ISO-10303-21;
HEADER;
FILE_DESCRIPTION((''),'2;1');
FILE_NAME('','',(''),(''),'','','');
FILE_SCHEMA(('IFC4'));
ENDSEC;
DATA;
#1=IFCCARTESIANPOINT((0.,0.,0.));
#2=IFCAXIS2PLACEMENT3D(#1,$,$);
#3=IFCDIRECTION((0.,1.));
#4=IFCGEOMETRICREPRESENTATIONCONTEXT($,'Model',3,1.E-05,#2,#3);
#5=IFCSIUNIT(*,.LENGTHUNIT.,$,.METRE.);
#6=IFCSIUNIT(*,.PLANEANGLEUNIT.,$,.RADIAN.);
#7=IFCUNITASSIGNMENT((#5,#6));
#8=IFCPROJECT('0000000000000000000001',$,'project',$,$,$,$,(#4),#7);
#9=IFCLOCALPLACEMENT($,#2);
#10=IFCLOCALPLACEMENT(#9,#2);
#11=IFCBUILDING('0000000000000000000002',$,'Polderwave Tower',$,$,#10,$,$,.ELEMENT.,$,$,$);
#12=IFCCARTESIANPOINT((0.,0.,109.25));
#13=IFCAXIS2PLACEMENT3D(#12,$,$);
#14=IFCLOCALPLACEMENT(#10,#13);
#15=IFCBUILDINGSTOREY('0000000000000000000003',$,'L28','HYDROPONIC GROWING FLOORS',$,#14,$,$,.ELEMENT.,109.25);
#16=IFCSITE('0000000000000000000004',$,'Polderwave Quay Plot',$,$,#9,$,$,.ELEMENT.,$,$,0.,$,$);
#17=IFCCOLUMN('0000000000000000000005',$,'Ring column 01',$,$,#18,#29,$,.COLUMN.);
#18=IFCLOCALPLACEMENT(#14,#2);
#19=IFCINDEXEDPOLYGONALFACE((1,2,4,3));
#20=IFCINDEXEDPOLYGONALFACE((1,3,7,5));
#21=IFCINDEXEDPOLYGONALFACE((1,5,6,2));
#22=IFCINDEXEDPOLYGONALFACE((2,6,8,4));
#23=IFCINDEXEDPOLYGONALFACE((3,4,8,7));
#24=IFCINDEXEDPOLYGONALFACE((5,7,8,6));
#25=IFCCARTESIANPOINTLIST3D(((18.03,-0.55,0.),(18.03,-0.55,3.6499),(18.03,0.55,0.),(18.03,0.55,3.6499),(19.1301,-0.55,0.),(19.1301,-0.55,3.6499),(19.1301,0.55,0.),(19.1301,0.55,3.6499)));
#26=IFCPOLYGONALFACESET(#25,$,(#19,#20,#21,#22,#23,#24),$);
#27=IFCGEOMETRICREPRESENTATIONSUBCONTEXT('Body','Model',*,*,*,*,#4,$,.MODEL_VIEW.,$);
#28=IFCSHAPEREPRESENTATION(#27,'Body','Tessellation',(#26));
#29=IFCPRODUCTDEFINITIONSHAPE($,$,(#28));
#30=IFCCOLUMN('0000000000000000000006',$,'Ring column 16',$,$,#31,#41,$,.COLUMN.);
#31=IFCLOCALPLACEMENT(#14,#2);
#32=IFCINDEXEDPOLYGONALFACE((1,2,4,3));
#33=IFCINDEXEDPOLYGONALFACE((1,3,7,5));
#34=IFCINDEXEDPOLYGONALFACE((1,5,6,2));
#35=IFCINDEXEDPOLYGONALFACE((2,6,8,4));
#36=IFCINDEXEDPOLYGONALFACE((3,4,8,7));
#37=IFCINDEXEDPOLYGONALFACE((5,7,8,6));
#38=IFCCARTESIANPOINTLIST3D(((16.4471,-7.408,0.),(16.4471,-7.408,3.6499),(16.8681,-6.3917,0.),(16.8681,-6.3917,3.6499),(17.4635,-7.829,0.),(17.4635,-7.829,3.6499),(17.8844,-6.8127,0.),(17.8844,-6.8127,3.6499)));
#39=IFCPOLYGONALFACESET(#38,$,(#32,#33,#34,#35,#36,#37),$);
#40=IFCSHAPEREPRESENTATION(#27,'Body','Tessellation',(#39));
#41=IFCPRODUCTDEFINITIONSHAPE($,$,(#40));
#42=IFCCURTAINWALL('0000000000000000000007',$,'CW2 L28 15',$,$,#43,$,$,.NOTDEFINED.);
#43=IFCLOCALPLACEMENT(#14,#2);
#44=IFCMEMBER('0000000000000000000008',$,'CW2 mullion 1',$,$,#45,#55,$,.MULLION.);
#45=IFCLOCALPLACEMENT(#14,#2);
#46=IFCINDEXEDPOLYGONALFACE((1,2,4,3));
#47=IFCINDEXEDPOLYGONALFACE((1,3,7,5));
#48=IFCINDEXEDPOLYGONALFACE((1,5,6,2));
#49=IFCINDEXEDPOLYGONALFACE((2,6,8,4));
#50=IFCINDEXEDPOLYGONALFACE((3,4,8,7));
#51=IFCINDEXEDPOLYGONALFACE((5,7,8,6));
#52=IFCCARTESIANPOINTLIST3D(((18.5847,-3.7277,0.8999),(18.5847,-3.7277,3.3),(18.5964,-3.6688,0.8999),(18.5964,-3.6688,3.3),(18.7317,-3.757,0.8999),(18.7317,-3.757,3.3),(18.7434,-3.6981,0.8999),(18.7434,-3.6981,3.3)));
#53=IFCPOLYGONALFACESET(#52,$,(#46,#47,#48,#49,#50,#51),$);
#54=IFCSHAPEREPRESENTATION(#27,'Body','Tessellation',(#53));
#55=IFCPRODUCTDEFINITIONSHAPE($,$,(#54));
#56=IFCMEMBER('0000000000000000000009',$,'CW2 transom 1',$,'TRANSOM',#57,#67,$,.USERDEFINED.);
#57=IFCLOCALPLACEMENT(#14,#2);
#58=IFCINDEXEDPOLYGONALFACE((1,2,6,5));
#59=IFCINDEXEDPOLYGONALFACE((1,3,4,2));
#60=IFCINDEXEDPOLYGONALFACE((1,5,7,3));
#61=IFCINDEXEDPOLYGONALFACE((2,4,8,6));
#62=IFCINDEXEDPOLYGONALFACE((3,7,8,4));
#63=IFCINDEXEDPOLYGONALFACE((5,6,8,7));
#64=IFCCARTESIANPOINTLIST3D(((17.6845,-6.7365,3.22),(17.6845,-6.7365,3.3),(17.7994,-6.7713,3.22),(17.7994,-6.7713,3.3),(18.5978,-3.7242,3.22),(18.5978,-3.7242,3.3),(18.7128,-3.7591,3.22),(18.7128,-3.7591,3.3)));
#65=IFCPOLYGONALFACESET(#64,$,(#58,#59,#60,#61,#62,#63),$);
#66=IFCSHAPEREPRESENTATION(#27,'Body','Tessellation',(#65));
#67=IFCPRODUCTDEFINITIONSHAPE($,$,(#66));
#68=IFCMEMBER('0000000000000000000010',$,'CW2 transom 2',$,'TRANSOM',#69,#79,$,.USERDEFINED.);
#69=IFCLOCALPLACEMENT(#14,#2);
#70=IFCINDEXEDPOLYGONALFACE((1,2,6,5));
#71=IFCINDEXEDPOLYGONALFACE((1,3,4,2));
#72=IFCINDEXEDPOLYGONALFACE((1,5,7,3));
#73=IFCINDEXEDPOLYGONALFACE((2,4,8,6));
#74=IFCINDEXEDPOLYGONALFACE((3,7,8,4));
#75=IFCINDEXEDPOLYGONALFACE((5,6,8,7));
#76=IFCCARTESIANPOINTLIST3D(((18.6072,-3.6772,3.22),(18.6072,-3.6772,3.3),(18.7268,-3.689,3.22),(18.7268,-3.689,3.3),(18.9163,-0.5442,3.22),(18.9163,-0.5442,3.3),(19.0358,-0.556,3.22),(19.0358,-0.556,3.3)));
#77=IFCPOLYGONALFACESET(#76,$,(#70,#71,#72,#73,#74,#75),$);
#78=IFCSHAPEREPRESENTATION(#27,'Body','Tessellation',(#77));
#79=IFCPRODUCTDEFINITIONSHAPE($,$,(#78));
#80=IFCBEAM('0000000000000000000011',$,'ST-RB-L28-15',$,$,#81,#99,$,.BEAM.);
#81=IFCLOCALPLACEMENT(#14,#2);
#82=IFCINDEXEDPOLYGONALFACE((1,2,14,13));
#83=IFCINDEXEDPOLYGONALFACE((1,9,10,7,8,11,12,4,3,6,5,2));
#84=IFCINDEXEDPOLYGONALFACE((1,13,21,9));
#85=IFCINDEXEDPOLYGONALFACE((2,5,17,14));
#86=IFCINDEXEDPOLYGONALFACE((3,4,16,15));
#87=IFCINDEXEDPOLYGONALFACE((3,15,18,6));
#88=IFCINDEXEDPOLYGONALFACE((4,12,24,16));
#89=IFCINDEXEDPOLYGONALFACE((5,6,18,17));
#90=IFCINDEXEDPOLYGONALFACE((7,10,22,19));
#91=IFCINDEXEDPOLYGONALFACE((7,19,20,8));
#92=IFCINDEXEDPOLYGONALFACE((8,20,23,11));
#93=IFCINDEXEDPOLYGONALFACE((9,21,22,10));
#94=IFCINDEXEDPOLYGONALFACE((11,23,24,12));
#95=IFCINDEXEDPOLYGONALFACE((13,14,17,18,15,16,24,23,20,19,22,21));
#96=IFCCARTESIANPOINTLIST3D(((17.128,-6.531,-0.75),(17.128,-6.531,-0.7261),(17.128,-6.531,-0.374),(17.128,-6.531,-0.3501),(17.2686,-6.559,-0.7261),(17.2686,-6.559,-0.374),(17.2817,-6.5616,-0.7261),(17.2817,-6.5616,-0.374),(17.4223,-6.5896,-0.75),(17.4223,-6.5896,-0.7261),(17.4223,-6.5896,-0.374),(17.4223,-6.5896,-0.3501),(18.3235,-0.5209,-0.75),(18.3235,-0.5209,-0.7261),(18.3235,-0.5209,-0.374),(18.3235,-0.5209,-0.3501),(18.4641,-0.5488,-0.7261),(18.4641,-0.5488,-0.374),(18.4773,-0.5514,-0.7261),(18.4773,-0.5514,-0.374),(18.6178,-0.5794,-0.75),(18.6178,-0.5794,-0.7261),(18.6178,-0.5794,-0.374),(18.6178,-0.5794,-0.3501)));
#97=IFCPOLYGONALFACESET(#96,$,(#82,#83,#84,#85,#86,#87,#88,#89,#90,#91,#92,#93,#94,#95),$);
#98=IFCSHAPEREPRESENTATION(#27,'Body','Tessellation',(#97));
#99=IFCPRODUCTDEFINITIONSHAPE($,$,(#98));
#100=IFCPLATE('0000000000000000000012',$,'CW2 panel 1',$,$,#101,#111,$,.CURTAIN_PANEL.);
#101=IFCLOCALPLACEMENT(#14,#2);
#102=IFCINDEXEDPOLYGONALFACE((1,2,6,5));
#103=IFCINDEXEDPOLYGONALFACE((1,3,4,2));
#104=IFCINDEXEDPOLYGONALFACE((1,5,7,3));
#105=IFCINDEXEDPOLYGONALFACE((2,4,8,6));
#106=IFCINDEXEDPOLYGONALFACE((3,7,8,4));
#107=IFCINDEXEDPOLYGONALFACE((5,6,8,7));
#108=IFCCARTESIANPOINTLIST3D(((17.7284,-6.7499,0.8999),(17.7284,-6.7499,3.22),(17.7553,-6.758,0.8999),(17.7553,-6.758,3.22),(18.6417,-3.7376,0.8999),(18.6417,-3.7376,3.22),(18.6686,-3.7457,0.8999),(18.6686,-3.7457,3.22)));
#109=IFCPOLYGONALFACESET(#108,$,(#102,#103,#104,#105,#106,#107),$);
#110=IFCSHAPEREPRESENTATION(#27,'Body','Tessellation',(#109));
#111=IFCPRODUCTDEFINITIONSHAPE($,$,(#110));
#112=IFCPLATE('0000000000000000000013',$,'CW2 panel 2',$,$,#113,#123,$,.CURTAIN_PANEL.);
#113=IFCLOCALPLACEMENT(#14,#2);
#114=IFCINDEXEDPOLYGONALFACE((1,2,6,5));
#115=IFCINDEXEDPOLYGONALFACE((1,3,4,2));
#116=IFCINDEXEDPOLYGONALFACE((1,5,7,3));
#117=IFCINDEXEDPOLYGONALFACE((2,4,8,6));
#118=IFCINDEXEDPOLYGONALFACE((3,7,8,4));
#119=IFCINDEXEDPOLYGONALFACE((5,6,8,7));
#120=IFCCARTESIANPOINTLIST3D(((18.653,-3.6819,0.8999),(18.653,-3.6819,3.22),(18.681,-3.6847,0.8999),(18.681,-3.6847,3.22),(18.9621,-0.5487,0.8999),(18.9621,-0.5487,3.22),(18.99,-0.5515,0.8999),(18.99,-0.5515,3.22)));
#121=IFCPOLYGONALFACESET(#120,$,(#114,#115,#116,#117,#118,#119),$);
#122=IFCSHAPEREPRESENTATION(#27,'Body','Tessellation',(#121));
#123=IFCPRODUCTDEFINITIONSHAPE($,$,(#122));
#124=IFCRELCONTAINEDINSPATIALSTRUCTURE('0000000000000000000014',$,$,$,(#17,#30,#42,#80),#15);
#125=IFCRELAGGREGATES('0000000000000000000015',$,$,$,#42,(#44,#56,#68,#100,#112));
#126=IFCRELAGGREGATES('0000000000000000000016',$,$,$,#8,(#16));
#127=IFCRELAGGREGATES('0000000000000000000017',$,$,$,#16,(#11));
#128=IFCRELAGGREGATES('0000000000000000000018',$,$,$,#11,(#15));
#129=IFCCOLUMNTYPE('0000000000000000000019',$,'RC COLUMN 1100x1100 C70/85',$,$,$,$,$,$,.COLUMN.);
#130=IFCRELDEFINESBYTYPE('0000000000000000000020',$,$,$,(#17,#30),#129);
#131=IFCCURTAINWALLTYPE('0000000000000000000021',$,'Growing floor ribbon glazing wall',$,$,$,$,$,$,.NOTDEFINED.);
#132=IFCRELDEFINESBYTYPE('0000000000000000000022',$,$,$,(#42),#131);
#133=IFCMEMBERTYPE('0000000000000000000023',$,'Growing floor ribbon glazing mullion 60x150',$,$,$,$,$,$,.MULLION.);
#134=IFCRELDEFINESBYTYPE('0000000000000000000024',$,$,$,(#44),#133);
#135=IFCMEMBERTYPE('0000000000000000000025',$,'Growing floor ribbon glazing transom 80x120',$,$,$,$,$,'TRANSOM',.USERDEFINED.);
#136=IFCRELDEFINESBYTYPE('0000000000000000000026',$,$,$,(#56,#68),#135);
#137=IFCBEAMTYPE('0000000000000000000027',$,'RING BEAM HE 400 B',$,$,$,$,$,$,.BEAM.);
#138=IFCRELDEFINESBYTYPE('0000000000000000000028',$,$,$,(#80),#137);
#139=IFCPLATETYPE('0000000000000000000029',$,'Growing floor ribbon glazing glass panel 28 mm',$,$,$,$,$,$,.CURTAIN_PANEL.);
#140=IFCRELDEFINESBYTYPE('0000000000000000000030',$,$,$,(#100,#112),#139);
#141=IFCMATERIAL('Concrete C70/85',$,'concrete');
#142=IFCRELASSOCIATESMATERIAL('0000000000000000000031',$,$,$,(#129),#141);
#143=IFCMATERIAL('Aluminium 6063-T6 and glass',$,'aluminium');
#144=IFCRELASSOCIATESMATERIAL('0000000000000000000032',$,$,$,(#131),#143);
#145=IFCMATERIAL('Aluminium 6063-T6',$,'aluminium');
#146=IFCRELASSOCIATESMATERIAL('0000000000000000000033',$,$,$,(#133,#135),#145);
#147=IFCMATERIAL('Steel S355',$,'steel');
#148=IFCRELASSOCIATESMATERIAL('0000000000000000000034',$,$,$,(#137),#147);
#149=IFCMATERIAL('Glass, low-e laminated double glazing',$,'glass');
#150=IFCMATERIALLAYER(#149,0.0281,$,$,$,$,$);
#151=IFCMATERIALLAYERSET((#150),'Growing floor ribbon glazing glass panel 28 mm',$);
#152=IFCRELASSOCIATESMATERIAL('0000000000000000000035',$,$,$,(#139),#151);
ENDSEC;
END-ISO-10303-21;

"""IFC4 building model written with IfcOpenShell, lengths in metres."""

from ifc_helpers import new_model, si_unit, direction, frame, origin, origin_2d, place, context, subcontext, project, spatial, rectangle, i_section, extrude, material, layer, layer_set, material_profile, profile_set, type_object, element, aggregate, save


model = new_model("IFC4")

# Units and contexts
model_context = context("Model", 3, precision=1e-05, world=origin(), true_north=direction((0.0, 1.0)))
body_context = subcontext(model_context, "Body", "Model", "MODEL_VIEW")
ifc_project = project(units=[si_unit("LENGTHUNIT", "METRE"), si_unit("PLANEANGLEUNIT", "RADIAN")], contexts=[model_context])

# Site, building, storey
site_placement = place(None, origin())
site = spatial("IfcSite", under=ifc_project, at=site_placement, Name="Polderwave Quay Plot", CompositionType="ELEMENT", RefElevation=0.0)
building_placement = place(site_placement, origin())
building = spatial("IfcBuilding", under=site, at=building_placement, Name="Polderwave Tower", CompositionType="ELEMENT")
storey_placement = place(building_placement, frame((0.0, 0.0, 109.25)))
storey = spatial("IfcBuildingStorey", under=building, at=storey_placement, Name="L28", Description="HYDROPONIC GROWING FLOORS", CompositionType="ELEMENT", Elevation=109.25)

# Columns
ifc_material_1 = material(Name="Concrete C70/85", Category="concrete")
ifc_material_profile_1 = material_profile(ifc_material_1, rectangle(XDim=1.1001, YDim=1.1001, at=origin_2d()), Name="RC 1100x1100")
ifc_profile_set_1 = profile_set([ifc_material_profile_1], Name="Concrete C70/85")
column_type = type_object("IfcColumnType", Name="RC COLUMN 1100x1100 C70/85", PredefinedType="COLUMN", material=ifc_profile_set_1)
for number, where, z_axis, x_axis, name in (
    (1, (18.5801, 0.0, 0.0), (0.0, 0.0, 1.0), (1.0, 0.0, 0.0), "Ring column 01"),
    (2, (17.1658, -7.1104, 0.0), (0.0, 0.0, 1.0), (0.92388, -0.382683, 0.0), "Ring column 16"),
):
    element("IfcColumn", number, at=place(storey_placement, frame(where, z_axis=z_axis, x_axis=x_axis)), inside=storey, type_object=column_type, Name=name, PredefinedType="COLUMN", context=body_context, shape_type="SweptSolid", body=[
        extrude(rectangle(XDim=1.1001, YDim=1.1001, at=origin_2d()), origin(), (0.0, 0.0, 1.0), 3.6499),
    ])

# Curtain wall, members
ifc_material_2 = material(Name="Aluminium 6063-T6 and glass", Category="aluminium")
curtain_wall_type = type_object("IfcCurtainWallType", Name="Growing floor ribbon glazing wall", PredefinedType="NOTDEFINED", material=ifc_material_2)
curtain_wall_placement = place(storey_placement, origin())
curtain_wall = element("IfcCurtainWall", 3, at=curtain_wall_placement, inside=storey, type_object=curtain_wall_type, Name="CW2 L28 15", PredefinedType="NOTDEFINED")
ifc_material_3 = material(Name="Aluminium 6063-T6", Category="aluminium")
ifc_material_profile_2 = material_profile(ifc_material_3, rectangle(XDim=0.1499, YDim=0.0601, at=origin_2d()), Name="AL 60x150")
ifc_profile_set_2 = profile_set([ifc_material_profile_2], Name="Aluminium 6063-T6")
member_type_1 = type_object("IfcMemberType", Name="Growing floor ribbon glazing mullion 60x150", PredefinedType="MULLION", material=ifc_profile_set_2)
member_1_placement = place(storey_placement, frame((18.6641, -3.7129, 0.8999), z_axis=(0.0, 0.0, 1.0), x_axis=(-0.980785, 0.195092, 0.0)))
member_1 = element("IfcMember", 4, at=member_1_placement, type_object=member_type_1, Name="CW2 mullion 1", PredefinedType="MULLION", context=body_context, shape_type="SweptSolid", body=[
    extrude(rectangle(XDim=0.1499, YDim=0.0601, at=origin_2d()), origin(), (0.0, 0.0, 1.0), 2.4001),
])
ifc_material_profile_3 = material_profile(ifc_material_3, rectangle(XDim=0.1201, YDim=0.0801, at=origin_2d()), Name="AL 80x120")
ifc_profile_set_3 = profile_set([ifc_material_profile_3], Name="Aluminium 6063-T6")
member_type_2 = type_object("IfcMemberType", Name="Growing floor ribbon glazing transom 80x120", ElementType="TRANSOM", PredefinedType="USERDEFINED", material=ifc_profile_set_3)
member_2_placement = place(storey_placement, frame((17.7419, -6.7539, 3.26), z_axis=(0.290165, 0.956977, 0.0), x_axis=(-0.956977, 0.290165, 0.0)))
member_2 = element("IfcMember", 5, at=member_2_placement, type_object=member_type_2, Name="CW2 transom 1", ObjectType="TRANSOM", PredefinedType="USERDEFINED", context=body_context, shape_type="SweptSolid", body=[
    extrude(rectangle(XDim=0.1201, YDim=0.0801, at=origin_2d()), origin(), (0.0, 0.0, 1.0), 3.1477),
])
member_3_placement = place(storey_placement, frame((18.667, -3.6831, 3.26), z_axis=(0.098175, 0.995169, 0.0), x_axis=(-0.995169, 0.098175, 0.0)))
member_3 = element("IfcMember", 6, at=member_3_placement, type_object=member_type_2, Name="CW2 transom 2", ObjectType="TRANSOM", PredefinedType="USERDEFINED", context=body_context, shape_type="SweptSolid", body=[
    extrude(rectangle(XDim=0.1201, YDim=0.0801, at=origin_2d()), origin(), (0.0, 0.0, 1.0), 3.1482),
])

# Beam
ifc_material_4 = material(Name="Steel S355", Category="steel")
ifc_material_profile_4 = material_profile(ifc_material_4, i_section(OverallWidth=0.3, OverallDepth=0.3999, WebThickness=0.0134, FlangeThickness=0.0239, at=origin_2d()), Name="HE 400 B")
ifc_profile_set_4 = profile_set([ifc_material_profile_4], Name="Steel S355")
beam_type = type_object("IfcBeamType", Name="RING BEAM HE 400 B", PredefinedType="BEAM", material=ifc_profile_set_4)
beam_placement = place(storey_placement, frame((17.2751, -6.5603, -0.55), z_axis=(0.195097, 0.980784, 0.0), x_axis=(-0.980784, 0.195097, 0.0)))
element("IfcBeam", 7, at=beam_placement, inside=storey, type_object=beam_type, Name="ST-RB-L28-15", PredefinedType="BEAM", context=body_context, shape_type="SweptSolid", body=[
    extrude(i_section(OverallWidth=0.3, OverallDepth=0.3999, WebThickness=0.0134, FlangeThickness=0.0239, at=origin_2d()), origin(), (0.0, 0.0, 1.0), 6.1279),
])

# Plates
ifc_material_5 = material(Name="Glass, low-e laminated double glazing", Category="glass")
ifc_layer_1 = layer(ifc_material_5, 0.0281)
ifc_layer_set_1 = layer_set([ifc_layer_1], Name="Growing floor ribbon glazing glass panel 28 mm")
plate_type = type_object("IfcPlateType", Name="Growing floor ribbon glazing glass panel 28 mm", PredefinedType="CURTAIN_PANEL", material=ifc_layer_set_1)
plate_1_placement = place(storey_placement, frame((18.1985, -5.2478, 0.8999), z_axis=(0.0, 0.0, 1.0), x_axis=(0.290148, 0.956982, 0.0)))
plate_1 = element("IfcPlate", 8, at=plate_1_placement, type_object=plate_type, Name="CW2 panel 1", PredefinedType="CURTAIN_PANEL", context=body_context, shape_type="SweptSolid", body=[
    extrude(rectangle(XDim=3.1477, YDim=0.0281, at=origin_2d()), origin(), (0.0, 0.0, 1.0), 2.3201),
])
plate_2_placement = place(storey_placement, frame((18.8215, -2.1167, 0.8999), z_axis=(0.0, 0.0, 1.0), x_axis=(0.098165, 0.99517, 0.0)))
plate_2 = element("IfcPlate", 9, at=plate_2_placement, type_object=plate_type, Name="CW2 panel 2", PredefinedType="CURTAIN_PANEL", context=body_context, shape_type="SweptSolid", body=[
    extrude(rectangle(XDim=3.1484, YDim=0.0281, at=origin_2d()), origin(), (0.0, 0.0, 1.0), 2.3201),
])
aggregate(curtain_wall, [member_1, member_2, member_3, plate_1, plate_2])

save(model, "model.ifc")
